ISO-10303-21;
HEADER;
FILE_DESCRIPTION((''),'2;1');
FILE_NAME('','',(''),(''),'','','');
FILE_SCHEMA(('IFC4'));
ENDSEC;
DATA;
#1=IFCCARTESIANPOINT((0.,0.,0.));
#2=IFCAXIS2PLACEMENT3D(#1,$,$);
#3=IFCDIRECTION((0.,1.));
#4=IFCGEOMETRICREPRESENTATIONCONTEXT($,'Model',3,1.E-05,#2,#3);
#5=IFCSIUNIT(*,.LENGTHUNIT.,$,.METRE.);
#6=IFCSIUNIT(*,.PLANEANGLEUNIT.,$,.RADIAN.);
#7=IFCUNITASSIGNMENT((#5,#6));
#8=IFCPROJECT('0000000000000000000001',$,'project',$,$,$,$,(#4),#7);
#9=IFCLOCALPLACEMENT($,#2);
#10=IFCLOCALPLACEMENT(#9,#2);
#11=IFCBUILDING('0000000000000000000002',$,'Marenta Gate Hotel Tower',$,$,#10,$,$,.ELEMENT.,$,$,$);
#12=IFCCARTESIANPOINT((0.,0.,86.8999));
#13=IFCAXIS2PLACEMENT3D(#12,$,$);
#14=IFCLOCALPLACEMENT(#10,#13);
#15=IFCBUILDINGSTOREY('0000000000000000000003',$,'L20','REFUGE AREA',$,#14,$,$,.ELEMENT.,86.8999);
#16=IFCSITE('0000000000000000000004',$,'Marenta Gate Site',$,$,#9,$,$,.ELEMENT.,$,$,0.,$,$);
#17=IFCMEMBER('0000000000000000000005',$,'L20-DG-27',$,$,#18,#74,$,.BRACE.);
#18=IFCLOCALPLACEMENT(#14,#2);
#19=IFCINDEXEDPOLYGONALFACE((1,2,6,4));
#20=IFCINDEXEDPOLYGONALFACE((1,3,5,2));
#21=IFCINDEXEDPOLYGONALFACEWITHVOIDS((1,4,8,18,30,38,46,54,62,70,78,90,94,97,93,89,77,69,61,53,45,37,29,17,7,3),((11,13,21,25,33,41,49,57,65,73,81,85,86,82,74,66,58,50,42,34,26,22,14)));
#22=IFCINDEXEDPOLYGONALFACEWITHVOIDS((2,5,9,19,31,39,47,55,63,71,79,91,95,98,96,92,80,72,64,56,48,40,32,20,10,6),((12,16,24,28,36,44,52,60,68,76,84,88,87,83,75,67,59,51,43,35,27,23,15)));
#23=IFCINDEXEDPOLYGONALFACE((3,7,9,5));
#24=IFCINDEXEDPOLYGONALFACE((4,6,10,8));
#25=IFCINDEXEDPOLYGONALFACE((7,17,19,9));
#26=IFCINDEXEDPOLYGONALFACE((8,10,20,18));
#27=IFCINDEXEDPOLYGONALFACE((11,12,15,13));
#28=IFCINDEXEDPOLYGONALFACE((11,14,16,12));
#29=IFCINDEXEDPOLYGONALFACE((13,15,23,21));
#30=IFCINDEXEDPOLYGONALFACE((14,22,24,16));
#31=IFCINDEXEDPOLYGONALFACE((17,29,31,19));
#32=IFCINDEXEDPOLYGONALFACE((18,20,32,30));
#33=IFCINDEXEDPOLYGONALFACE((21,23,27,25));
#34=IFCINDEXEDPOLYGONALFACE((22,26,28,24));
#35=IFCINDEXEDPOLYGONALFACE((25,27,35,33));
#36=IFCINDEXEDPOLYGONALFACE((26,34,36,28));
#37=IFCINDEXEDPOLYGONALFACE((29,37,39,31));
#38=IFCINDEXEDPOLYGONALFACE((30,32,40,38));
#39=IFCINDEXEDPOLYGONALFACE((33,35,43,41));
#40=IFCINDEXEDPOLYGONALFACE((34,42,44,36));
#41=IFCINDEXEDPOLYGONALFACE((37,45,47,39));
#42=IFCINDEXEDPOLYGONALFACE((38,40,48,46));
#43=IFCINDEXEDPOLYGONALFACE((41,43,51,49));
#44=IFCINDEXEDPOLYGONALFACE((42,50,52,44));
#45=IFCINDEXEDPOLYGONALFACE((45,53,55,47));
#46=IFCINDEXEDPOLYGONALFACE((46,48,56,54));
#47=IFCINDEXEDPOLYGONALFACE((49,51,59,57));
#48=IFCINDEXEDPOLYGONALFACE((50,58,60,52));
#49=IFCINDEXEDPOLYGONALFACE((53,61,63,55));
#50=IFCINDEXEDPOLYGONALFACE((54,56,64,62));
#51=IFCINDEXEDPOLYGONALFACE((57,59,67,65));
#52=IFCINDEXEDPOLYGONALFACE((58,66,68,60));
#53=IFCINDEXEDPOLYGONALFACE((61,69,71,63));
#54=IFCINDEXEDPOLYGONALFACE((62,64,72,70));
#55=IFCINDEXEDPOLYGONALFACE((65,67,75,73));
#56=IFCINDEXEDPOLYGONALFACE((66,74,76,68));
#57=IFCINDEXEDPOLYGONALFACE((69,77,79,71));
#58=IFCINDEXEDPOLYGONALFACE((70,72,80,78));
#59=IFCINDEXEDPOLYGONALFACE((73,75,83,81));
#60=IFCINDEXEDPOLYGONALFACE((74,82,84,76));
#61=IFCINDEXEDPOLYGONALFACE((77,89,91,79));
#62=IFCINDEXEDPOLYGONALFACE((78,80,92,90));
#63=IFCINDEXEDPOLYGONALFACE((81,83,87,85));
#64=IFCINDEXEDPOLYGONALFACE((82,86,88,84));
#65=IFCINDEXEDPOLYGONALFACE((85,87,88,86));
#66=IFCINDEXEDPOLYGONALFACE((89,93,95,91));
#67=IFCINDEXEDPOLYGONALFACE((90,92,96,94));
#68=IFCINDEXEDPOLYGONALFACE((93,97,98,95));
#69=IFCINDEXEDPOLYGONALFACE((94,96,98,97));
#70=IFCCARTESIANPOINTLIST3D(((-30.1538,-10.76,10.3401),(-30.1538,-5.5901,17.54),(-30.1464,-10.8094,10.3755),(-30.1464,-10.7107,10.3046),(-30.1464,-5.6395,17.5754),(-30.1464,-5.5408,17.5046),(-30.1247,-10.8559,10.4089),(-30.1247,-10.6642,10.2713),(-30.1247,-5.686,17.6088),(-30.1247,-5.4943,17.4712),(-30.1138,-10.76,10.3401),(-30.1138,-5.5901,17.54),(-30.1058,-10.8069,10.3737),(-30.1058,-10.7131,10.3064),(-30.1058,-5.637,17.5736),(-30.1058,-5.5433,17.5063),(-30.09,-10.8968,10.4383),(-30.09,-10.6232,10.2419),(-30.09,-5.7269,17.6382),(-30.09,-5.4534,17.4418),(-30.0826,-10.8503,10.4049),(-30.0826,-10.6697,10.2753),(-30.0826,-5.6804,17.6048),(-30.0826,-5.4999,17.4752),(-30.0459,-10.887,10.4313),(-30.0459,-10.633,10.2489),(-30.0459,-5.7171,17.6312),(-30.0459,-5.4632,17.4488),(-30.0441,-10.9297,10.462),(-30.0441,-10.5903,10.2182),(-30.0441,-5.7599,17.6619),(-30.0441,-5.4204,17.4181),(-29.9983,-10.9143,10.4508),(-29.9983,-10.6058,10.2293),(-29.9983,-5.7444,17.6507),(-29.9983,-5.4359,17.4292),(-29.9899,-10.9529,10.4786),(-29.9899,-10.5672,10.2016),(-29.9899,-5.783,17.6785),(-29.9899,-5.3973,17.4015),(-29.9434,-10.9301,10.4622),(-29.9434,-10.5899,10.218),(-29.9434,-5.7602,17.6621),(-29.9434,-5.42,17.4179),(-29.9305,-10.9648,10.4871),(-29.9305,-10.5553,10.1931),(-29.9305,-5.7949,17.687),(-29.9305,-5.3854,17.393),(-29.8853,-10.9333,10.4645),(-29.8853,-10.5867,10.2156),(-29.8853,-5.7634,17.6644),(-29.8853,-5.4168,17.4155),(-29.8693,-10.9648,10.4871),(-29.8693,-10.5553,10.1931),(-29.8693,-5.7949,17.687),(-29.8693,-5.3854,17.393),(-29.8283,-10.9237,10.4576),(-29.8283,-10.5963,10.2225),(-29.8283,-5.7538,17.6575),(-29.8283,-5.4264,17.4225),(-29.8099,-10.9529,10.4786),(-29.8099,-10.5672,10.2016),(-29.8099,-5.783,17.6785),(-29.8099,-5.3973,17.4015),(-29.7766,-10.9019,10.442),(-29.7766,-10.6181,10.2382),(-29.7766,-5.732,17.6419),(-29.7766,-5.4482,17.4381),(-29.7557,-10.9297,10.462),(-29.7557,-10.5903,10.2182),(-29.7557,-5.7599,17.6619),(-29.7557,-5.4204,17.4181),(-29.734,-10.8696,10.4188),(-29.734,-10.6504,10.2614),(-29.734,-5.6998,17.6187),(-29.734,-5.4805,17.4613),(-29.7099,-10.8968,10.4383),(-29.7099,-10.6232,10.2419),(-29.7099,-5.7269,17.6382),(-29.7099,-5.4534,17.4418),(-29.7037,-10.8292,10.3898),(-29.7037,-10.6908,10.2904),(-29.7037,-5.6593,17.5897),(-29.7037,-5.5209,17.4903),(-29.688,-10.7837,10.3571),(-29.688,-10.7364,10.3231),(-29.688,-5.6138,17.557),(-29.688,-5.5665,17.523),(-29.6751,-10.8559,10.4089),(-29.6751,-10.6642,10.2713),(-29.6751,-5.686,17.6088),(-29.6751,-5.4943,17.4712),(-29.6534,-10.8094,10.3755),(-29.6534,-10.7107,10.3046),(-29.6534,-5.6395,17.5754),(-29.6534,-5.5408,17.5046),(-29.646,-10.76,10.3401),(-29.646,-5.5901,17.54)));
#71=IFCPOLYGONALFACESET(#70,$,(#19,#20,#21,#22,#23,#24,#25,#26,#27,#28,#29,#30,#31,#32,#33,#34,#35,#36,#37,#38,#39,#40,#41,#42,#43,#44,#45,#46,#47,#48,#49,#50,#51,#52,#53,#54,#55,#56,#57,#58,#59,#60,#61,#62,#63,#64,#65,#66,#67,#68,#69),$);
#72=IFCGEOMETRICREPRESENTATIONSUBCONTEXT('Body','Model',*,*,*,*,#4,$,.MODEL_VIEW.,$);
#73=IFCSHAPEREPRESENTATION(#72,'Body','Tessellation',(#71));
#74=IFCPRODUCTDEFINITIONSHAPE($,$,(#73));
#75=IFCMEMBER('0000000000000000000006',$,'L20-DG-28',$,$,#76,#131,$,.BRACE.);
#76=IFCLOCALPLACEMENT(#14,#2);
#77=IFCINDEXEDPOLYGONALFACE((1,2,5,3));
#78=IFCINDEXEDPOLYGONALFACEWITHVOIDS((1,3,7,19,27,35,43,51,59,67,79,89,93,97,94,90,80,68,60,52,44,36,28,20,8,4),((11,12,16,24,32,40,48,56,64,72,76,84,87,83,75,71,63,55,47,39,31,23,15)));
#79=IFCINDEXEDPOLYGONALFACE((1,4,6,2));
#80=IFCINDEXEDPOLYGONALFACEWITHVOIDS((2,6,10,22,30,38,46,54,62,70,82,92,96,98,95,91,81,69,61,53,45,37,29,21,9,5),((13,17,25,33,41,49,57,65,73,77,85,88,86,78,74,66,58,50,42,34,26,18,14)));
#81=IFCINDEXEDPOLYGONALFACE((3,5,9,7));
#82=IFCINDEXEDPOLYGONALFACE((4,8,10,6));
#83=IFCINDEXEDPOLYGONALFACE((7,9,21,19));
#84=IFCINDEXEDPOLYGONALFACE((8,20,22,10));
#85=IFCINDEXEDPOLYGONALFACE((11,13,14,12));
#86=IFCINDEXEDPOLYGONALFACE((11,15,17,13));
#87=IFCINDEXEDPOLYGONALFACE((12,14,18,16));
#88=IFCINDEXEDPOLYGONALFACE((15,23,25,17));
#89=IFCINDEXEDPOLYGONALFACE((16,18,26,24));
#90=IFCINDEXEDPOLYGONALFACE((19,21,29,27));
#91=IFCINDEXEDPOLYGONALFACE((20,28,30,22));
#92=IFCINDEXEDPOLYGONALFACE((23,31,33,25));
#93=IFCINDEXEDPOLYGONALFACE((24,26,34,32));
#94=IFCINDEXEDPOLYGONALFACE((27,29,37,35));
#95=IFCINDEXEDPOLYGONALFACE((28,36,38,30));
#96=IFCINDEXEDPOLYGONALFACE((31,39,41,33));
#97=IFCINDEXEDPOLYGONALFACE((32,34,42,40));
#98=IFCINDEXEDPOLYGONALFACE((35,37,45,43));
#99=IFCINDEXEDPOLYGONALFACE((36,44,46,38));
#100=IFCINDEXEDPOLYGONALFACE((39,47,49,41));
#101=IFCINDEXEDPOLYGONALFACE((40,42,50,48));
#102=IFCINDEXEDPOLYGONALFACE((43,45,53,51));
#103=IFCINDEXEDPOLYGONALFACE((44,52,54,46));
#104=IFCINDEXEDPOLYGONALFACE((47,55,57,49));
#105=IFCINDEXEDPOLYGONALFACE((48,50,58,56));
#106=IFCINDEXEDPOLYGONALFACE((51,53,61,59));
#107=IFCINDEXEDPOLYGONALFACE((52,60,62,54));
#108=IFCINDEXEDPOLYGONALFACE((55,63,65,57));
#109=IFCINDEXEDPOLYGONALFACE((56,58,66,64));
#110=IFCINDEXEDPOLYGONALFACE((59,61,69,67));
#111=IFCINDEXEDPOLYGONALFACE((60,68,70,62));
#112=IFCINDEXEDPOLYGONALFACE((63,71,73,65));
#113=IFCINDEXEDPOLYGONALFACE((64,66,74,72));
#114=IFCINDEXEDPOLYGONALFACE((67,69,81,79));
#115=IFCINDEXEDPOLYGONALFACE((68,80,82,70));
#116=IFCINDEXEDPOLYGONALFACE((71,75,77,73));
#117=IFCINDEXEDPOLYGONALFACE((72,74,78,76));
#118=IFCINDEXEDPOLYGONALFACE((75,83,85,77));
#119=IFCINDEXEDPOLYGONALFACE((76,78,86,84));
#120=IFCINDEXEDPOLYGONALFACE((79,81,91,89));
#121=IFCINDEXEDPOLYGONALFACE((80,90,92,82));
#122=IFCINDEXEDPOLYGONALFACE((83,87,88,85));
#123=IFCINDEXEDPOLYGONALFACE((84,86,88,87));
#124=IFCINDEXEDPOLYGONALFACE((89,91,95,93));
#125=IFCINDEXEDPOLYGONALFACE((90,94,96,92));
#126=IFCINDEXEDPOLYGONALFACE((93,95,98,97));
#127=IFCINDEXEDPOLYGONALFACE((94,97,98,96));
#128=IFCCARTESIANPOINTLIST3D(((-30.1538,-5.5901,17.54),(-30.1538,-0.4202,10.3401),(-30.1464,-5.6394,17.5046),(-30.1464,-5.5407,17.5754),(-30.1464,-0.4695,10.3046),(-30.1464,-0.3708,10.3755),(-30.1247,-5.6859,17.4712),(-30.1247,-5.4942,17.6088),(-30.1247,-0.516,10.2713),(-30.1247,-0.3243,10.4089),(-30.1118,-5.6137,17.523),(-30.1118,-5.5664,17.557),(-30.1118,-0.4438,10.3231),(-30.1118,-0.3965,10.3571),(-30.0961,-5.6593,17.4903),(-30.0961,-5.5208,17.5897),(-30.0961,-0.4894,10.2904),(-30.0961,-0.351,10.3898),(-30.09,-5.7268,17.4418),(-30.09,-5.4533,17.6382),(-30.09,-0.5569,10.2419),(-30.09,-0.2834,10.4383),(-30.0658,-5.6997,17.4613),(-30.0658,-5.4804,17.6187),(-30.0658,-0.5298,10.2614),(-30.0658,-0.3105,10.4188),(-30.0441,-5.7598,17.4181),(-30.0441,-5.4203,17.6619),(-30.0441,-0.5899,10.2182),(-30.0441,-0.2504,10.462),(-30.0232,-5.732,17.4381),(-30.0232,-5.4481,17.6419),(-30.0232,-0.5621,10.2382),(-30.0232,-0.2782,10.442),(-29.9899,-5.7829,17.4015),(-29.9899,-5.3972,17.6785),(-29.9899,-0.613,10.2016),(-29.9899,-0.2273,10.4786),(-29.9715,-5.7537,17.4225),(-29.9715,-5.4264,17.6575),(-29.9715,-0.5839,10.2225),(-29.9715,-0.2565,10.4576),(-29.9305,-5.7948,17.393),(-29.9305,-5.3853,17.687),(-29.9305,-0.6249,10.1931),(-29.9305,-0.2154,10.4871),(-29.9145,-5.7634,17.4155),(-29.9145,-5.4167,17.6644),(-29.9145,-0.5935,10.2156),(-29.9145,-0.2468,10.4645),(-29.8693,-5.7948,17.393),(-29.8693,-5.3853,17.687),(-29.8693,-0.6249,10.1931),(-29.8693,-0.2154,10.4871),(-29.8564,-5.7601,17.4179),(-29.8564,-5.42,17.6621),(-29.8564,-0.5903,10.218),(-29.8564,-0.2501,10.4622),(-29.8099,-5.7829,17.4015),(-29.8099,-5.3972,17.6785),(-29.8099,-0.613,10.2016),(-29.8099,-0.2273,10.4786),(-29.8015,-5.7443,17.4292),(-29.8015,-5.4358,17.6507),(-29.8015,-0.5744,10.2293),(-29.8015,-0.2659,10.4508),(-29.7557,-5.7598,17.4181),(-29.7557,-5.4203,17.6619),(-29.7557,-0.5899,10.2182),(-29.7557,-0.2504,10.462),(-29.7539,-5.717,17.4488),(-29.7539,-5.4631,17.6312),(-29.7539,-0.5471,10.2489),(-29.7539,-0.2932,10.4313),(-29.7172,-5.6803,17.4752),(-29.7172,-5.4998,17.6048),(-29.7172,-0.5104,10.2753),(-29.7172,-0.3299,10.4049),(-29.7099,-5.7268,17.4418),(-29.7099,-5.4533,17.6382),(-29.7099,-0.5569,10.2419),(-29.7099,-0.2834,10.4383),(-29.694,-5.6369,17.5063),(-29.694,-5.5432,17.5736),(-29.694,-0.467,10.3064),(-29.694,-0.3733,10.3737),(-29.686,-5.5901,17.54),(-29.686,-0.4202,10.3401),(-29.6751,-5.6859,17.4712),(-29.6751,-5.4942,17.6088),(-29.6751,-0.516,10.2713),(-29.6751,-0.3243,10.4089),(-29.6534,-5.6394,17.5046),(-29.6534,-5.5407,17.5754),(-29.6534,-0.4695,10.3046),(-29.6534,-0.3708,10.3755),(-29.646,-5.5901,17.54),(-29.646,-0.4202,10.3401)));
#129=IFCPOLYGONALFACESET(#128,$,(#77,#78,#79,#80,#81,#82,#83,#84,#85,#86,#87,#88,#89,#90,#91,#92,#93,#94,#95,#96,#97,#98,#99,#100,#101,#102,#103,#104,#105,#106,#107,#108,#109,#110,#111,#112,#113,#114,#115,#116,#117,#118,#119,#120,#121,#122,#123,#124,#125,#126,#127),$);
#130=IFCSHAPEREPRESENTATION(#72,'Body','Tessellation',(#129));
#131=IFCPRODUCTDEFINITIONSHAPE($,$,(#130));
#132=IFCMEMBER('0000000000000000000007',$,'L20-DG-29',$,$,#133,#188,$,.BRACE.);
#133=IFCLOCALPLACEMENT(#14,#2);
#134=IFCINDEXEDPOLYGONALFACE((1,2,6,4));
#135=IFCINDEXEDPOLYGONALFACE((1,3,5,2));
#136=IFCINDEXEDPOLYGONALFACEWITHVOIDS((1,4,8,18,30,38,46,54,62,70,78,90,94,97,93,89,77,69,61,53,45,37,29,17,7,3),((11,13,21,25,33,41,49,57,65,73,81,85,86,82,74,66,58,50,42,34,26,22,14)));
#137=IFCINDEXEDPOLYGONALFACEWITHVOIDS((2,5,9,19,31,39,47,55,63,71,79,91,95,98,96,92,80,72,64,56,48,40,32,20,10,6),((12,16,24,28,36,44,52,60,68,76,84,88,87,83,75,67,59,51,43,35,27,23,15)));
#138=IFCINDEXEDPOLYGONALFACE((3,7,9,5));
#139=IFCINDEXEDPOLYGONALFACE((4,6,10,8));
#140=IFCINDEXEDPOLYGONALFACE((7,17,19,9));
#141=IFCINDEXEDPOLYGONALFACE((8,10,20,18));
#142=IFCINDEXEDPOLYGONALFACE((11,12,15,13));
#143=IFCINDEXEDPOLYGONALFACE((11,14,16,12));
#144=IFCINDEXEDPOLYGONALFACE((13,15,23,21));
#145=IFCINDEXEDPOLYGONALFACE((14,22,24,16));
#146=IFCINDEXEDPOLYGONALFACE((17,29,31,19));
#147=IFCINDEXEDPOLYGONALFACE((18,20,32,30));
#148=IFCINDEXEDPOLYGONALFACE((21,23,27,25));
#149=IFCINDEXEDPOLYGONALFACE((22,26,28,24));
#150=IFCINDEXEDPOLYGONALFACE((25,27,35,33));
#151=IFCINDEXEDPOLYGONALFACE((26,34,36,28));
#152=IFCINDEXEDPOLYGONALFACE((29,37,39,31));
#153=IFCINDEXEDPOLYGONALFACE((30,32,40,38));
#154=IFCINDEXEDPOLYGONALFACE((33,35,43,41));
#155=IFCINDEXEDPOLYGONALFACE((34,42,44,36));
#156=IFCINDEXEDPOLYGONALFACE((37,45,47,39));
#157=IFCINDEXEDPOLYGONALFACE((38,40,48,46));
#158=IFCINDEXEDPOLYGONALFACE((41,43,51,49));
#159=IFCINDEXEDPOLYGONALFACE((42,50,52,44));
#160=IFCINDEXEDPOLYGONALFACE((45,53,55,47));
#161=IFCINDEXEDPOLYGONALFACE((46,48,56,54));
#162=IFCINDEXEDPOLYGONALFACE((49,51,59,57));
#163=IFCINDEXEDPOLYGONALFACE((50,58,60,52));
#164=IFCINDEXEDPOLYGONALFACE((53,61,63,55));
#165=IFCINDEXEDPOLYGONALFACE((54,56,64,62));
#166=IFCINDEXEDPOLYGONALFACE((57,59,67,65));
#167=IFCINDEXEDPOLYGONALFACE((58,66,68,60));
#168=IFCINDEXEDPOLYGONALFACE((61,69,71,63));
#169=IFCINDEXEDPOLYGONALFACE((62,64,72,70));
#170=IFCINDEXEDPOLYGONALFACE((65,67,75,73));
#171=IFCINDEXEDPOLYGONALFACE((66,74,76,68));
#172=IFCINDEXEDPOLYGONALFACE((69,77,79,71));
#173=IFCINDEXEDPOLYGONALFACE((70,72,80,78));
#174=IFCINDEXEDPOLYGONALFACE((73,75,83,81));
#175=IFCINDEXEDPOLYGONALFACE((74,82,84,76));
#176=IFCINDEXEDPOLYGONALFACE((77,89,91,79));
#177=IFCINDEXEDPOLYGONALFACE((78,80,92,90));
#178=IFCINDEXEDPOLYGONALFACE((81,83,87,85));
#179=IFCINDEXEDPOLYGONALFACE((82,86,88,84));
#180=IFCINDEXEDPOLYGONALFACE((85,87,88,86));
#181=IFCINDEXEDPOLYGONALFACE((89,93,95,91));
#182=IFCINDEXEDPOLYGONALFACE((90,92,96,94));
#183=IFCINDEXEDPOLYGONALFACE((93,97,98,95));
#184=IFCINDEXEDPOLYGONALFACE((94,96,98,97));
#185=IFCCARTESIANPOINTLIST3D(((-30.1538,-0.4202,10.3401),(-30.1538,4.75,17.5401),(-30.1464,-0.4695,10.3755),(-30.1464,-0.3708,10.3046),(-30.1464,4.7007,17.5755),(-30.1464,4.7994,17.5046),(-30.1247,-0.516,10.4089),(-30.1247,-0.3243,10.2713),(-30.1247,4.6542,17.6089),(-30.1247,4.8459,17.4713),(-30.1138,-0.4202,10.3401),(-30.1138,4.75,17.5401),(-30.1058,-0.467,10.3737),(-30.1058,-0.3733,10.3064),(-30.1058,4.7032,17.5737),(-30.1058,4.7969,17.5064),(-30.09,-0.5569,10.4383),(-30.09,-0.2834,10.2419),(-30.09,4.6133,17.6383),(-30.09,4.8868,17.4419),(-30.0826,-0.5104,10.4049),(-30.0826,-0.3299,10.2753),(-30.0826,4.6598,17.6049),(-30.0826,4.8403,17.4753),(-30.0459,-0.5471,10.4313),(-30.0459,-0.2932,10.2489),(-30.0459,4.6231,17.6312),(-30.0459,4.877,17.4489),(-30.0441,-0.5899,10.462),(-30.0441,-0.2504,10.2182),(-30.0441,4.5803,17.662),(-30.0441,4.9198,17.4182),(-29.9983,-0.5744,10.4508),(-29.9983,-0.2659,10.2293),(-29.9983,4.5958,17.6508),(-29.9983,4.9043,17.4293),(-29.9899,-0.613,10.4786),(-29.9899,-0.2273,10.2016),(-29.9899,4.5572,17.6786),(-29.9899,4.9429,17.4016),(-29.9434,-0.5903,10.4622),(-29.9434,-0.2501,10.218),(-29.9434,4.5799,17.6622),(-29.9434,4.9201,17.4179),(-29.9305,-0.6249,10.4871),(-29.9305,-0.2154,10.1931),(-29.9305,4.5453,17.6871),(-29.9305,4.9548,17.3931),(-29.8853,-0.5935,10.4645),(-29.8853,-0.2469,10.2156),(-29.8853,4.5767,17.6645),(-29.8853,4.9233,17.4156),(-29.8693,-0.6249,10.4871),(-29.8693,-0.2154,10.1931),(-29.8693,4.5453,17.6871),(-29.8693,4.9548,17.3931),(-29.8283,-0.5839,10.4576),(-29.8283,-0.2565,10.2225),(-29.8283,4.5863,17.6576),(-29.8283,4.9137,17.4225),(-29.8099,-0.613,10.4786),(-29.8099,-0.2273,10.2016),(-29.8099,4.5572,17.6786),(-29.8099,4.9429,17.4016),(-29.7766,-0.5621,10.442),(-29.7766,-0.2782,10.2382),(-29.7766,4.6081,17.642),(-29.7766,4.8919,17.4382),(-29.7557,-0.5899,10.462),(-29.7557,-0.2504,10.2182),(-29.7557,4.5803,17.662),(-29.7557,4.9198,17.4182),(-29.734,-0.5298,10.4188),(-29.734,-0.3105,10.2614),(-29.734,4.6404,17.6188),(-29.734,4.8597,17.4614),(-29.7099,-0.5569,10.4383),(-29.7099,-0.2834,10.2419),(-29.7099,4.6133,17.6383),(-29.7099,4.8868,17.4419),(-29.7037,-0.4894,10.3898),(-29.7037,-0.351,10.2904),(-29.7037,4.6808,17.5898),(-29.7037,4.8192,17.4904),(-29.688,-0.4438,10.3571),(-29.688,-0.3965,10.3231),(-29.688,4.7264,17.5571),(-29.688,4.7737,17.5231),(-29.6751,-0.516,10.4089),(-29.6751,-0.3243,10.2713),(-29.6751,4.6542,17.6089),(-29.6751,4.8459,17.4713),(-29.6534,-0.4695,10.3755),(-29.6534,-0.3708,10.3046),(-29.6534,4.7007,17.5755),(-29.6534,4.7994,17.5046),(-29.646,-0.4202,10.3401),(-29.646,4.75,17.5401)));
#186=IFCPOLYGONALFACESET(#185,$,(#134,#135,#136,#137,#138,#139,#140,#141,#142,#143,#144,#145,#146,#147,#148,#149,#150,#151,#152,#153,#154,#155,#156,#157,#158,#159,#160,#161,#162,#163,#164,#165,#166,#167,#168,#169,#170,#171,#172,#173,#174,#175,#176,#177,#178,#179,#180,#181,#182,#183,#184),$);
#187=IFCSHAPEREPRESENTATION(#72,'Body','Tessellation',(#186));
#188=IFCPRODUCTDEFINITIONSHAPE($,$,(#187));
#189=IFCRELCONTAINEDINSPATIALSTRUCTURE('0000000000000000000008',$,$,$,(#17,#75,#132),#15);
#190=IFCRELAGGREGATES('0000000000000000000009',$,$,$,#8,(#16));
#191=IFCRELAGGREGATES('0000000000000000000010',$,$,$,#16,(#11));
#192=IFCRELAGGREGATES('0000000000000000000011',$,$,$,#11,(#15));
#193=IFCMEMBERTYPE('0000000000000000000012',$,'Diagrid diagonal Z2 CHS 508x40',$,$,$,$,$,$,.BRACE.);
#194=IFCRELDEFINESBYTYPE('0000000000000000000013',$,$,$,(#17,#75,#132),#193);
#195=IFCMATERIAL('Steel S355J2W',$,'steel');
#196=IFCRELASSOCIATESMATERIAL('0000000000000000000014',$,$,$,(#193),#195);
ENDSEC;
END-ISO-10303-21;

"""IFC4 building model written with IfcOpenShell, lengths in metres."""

from ifc_helpers import new_model, si_unit, direction, frame, origin, origin_2d, place, context, subcontext, project, spatial, hollow_circle, extrude, material, material_profile, profile_set, type_object, element, save


model = new_model("IFC4")

# Units and contexts
model_context = context("Model", 3, precision=1e-05, world=origin(), true_north=direction((0.0, 1.0)))
body_context = subcontext(model_context, "Body", "Model", "MODEL_VIEW")
ifc_project = project(units=[si_unit("LENGTHUNIT", "METRE"), si_unit("PLANEANGLEUNIT", "RADIAN")], contexts=[model_context])

# Site, building, storey
site_placement = place(None, origin())
site = spatial("IfcSite", under=ifc_project, at=site_placement, Name="Marenta Gate Site", CompositionType="ELEMENT", RefElevation=0.0)
building_placement = place(site_placement, origin())
building = spatial("IfcBuilding", under=site, at=building_placement, Name="Marenta Gate Hotel Tower", CompositionType="ELEMENT")
storey_placement = place(building_placement, frame((0.0, 0.0, 86.8999)))
storey = spatial("IfcBuildingStorey", under=building, at=storey_placement, Name="L20", Description="REFUGE AREA", CompositionType="ELEMENT", Elevation=86.8999)

# Members
ifc_material_1 = material(Name="Steel S355J2W", Category="steel")
ifc_material_profile_1 = material_profile(ifc_material_1, hollow_circle(Radius=0.2539, WallThickness=0.04, at=origin_2d()), Name="CHS 508x40")
ifc_profile_set_1 = profile_set([ifc_material_profile_1], Name="Steel S355J2W")
member_type_1 = type_object("IfcMemberType", Name="Diagrid diagonal Z2 CHS 508x40", PredefinedType="BRACE", material=ifc_profile_set_1)
for number, where, z_axis, x_axis, name in (
    (1, (-29.8999, -10.76, 10.3401), (0.0, 0.583261, 0.812285), (-1.0, 0.0, 0.0), "L20-DG-27"),
    (2, (-29.8999, -0.4202, 10.3401), (0.0, -0.583261, 0.812285), (1.0, 0.0, 0.0), "L20-DG-28"),
):
    element("IfcMember", number, at=place(storey_placement, frame(where, z_axis=z_axis, x_axis=x_axis)), inside=storey, type_object=member_type_1, Name=name, PredefinedType="BRACE", context=body_context, shape_type="SweptSolid", body=[
        extrude(hollow_circle(Radius=0.2539, WallThickness=0.04, at=origin_2d()), origin(), (0.0, 0.0, 1.0), 8.8638),
    ])
member_1_placement = place(storey_placement, frame((-29.8999, -0.4202, 10.3401), z_axis=(0.0, 0.583279, 0.812272), x_axis=(-1.0, 0.0, 0.0)))
element("IfcMember", 3, at=member_1_placement, inside=storey, type_object=member_type_1, Name="L20-DG-29", PredefinedType="BRACE", context=body_context, shape_type="SweptSolid", body=[
    extrude(hollow_circle(Radius=0.2539, WallThickness=0.04, at=origin_2d()), origin(), (0.0, 0.0, 1.0), 8.864),
])

save(model, "model.ifc")
